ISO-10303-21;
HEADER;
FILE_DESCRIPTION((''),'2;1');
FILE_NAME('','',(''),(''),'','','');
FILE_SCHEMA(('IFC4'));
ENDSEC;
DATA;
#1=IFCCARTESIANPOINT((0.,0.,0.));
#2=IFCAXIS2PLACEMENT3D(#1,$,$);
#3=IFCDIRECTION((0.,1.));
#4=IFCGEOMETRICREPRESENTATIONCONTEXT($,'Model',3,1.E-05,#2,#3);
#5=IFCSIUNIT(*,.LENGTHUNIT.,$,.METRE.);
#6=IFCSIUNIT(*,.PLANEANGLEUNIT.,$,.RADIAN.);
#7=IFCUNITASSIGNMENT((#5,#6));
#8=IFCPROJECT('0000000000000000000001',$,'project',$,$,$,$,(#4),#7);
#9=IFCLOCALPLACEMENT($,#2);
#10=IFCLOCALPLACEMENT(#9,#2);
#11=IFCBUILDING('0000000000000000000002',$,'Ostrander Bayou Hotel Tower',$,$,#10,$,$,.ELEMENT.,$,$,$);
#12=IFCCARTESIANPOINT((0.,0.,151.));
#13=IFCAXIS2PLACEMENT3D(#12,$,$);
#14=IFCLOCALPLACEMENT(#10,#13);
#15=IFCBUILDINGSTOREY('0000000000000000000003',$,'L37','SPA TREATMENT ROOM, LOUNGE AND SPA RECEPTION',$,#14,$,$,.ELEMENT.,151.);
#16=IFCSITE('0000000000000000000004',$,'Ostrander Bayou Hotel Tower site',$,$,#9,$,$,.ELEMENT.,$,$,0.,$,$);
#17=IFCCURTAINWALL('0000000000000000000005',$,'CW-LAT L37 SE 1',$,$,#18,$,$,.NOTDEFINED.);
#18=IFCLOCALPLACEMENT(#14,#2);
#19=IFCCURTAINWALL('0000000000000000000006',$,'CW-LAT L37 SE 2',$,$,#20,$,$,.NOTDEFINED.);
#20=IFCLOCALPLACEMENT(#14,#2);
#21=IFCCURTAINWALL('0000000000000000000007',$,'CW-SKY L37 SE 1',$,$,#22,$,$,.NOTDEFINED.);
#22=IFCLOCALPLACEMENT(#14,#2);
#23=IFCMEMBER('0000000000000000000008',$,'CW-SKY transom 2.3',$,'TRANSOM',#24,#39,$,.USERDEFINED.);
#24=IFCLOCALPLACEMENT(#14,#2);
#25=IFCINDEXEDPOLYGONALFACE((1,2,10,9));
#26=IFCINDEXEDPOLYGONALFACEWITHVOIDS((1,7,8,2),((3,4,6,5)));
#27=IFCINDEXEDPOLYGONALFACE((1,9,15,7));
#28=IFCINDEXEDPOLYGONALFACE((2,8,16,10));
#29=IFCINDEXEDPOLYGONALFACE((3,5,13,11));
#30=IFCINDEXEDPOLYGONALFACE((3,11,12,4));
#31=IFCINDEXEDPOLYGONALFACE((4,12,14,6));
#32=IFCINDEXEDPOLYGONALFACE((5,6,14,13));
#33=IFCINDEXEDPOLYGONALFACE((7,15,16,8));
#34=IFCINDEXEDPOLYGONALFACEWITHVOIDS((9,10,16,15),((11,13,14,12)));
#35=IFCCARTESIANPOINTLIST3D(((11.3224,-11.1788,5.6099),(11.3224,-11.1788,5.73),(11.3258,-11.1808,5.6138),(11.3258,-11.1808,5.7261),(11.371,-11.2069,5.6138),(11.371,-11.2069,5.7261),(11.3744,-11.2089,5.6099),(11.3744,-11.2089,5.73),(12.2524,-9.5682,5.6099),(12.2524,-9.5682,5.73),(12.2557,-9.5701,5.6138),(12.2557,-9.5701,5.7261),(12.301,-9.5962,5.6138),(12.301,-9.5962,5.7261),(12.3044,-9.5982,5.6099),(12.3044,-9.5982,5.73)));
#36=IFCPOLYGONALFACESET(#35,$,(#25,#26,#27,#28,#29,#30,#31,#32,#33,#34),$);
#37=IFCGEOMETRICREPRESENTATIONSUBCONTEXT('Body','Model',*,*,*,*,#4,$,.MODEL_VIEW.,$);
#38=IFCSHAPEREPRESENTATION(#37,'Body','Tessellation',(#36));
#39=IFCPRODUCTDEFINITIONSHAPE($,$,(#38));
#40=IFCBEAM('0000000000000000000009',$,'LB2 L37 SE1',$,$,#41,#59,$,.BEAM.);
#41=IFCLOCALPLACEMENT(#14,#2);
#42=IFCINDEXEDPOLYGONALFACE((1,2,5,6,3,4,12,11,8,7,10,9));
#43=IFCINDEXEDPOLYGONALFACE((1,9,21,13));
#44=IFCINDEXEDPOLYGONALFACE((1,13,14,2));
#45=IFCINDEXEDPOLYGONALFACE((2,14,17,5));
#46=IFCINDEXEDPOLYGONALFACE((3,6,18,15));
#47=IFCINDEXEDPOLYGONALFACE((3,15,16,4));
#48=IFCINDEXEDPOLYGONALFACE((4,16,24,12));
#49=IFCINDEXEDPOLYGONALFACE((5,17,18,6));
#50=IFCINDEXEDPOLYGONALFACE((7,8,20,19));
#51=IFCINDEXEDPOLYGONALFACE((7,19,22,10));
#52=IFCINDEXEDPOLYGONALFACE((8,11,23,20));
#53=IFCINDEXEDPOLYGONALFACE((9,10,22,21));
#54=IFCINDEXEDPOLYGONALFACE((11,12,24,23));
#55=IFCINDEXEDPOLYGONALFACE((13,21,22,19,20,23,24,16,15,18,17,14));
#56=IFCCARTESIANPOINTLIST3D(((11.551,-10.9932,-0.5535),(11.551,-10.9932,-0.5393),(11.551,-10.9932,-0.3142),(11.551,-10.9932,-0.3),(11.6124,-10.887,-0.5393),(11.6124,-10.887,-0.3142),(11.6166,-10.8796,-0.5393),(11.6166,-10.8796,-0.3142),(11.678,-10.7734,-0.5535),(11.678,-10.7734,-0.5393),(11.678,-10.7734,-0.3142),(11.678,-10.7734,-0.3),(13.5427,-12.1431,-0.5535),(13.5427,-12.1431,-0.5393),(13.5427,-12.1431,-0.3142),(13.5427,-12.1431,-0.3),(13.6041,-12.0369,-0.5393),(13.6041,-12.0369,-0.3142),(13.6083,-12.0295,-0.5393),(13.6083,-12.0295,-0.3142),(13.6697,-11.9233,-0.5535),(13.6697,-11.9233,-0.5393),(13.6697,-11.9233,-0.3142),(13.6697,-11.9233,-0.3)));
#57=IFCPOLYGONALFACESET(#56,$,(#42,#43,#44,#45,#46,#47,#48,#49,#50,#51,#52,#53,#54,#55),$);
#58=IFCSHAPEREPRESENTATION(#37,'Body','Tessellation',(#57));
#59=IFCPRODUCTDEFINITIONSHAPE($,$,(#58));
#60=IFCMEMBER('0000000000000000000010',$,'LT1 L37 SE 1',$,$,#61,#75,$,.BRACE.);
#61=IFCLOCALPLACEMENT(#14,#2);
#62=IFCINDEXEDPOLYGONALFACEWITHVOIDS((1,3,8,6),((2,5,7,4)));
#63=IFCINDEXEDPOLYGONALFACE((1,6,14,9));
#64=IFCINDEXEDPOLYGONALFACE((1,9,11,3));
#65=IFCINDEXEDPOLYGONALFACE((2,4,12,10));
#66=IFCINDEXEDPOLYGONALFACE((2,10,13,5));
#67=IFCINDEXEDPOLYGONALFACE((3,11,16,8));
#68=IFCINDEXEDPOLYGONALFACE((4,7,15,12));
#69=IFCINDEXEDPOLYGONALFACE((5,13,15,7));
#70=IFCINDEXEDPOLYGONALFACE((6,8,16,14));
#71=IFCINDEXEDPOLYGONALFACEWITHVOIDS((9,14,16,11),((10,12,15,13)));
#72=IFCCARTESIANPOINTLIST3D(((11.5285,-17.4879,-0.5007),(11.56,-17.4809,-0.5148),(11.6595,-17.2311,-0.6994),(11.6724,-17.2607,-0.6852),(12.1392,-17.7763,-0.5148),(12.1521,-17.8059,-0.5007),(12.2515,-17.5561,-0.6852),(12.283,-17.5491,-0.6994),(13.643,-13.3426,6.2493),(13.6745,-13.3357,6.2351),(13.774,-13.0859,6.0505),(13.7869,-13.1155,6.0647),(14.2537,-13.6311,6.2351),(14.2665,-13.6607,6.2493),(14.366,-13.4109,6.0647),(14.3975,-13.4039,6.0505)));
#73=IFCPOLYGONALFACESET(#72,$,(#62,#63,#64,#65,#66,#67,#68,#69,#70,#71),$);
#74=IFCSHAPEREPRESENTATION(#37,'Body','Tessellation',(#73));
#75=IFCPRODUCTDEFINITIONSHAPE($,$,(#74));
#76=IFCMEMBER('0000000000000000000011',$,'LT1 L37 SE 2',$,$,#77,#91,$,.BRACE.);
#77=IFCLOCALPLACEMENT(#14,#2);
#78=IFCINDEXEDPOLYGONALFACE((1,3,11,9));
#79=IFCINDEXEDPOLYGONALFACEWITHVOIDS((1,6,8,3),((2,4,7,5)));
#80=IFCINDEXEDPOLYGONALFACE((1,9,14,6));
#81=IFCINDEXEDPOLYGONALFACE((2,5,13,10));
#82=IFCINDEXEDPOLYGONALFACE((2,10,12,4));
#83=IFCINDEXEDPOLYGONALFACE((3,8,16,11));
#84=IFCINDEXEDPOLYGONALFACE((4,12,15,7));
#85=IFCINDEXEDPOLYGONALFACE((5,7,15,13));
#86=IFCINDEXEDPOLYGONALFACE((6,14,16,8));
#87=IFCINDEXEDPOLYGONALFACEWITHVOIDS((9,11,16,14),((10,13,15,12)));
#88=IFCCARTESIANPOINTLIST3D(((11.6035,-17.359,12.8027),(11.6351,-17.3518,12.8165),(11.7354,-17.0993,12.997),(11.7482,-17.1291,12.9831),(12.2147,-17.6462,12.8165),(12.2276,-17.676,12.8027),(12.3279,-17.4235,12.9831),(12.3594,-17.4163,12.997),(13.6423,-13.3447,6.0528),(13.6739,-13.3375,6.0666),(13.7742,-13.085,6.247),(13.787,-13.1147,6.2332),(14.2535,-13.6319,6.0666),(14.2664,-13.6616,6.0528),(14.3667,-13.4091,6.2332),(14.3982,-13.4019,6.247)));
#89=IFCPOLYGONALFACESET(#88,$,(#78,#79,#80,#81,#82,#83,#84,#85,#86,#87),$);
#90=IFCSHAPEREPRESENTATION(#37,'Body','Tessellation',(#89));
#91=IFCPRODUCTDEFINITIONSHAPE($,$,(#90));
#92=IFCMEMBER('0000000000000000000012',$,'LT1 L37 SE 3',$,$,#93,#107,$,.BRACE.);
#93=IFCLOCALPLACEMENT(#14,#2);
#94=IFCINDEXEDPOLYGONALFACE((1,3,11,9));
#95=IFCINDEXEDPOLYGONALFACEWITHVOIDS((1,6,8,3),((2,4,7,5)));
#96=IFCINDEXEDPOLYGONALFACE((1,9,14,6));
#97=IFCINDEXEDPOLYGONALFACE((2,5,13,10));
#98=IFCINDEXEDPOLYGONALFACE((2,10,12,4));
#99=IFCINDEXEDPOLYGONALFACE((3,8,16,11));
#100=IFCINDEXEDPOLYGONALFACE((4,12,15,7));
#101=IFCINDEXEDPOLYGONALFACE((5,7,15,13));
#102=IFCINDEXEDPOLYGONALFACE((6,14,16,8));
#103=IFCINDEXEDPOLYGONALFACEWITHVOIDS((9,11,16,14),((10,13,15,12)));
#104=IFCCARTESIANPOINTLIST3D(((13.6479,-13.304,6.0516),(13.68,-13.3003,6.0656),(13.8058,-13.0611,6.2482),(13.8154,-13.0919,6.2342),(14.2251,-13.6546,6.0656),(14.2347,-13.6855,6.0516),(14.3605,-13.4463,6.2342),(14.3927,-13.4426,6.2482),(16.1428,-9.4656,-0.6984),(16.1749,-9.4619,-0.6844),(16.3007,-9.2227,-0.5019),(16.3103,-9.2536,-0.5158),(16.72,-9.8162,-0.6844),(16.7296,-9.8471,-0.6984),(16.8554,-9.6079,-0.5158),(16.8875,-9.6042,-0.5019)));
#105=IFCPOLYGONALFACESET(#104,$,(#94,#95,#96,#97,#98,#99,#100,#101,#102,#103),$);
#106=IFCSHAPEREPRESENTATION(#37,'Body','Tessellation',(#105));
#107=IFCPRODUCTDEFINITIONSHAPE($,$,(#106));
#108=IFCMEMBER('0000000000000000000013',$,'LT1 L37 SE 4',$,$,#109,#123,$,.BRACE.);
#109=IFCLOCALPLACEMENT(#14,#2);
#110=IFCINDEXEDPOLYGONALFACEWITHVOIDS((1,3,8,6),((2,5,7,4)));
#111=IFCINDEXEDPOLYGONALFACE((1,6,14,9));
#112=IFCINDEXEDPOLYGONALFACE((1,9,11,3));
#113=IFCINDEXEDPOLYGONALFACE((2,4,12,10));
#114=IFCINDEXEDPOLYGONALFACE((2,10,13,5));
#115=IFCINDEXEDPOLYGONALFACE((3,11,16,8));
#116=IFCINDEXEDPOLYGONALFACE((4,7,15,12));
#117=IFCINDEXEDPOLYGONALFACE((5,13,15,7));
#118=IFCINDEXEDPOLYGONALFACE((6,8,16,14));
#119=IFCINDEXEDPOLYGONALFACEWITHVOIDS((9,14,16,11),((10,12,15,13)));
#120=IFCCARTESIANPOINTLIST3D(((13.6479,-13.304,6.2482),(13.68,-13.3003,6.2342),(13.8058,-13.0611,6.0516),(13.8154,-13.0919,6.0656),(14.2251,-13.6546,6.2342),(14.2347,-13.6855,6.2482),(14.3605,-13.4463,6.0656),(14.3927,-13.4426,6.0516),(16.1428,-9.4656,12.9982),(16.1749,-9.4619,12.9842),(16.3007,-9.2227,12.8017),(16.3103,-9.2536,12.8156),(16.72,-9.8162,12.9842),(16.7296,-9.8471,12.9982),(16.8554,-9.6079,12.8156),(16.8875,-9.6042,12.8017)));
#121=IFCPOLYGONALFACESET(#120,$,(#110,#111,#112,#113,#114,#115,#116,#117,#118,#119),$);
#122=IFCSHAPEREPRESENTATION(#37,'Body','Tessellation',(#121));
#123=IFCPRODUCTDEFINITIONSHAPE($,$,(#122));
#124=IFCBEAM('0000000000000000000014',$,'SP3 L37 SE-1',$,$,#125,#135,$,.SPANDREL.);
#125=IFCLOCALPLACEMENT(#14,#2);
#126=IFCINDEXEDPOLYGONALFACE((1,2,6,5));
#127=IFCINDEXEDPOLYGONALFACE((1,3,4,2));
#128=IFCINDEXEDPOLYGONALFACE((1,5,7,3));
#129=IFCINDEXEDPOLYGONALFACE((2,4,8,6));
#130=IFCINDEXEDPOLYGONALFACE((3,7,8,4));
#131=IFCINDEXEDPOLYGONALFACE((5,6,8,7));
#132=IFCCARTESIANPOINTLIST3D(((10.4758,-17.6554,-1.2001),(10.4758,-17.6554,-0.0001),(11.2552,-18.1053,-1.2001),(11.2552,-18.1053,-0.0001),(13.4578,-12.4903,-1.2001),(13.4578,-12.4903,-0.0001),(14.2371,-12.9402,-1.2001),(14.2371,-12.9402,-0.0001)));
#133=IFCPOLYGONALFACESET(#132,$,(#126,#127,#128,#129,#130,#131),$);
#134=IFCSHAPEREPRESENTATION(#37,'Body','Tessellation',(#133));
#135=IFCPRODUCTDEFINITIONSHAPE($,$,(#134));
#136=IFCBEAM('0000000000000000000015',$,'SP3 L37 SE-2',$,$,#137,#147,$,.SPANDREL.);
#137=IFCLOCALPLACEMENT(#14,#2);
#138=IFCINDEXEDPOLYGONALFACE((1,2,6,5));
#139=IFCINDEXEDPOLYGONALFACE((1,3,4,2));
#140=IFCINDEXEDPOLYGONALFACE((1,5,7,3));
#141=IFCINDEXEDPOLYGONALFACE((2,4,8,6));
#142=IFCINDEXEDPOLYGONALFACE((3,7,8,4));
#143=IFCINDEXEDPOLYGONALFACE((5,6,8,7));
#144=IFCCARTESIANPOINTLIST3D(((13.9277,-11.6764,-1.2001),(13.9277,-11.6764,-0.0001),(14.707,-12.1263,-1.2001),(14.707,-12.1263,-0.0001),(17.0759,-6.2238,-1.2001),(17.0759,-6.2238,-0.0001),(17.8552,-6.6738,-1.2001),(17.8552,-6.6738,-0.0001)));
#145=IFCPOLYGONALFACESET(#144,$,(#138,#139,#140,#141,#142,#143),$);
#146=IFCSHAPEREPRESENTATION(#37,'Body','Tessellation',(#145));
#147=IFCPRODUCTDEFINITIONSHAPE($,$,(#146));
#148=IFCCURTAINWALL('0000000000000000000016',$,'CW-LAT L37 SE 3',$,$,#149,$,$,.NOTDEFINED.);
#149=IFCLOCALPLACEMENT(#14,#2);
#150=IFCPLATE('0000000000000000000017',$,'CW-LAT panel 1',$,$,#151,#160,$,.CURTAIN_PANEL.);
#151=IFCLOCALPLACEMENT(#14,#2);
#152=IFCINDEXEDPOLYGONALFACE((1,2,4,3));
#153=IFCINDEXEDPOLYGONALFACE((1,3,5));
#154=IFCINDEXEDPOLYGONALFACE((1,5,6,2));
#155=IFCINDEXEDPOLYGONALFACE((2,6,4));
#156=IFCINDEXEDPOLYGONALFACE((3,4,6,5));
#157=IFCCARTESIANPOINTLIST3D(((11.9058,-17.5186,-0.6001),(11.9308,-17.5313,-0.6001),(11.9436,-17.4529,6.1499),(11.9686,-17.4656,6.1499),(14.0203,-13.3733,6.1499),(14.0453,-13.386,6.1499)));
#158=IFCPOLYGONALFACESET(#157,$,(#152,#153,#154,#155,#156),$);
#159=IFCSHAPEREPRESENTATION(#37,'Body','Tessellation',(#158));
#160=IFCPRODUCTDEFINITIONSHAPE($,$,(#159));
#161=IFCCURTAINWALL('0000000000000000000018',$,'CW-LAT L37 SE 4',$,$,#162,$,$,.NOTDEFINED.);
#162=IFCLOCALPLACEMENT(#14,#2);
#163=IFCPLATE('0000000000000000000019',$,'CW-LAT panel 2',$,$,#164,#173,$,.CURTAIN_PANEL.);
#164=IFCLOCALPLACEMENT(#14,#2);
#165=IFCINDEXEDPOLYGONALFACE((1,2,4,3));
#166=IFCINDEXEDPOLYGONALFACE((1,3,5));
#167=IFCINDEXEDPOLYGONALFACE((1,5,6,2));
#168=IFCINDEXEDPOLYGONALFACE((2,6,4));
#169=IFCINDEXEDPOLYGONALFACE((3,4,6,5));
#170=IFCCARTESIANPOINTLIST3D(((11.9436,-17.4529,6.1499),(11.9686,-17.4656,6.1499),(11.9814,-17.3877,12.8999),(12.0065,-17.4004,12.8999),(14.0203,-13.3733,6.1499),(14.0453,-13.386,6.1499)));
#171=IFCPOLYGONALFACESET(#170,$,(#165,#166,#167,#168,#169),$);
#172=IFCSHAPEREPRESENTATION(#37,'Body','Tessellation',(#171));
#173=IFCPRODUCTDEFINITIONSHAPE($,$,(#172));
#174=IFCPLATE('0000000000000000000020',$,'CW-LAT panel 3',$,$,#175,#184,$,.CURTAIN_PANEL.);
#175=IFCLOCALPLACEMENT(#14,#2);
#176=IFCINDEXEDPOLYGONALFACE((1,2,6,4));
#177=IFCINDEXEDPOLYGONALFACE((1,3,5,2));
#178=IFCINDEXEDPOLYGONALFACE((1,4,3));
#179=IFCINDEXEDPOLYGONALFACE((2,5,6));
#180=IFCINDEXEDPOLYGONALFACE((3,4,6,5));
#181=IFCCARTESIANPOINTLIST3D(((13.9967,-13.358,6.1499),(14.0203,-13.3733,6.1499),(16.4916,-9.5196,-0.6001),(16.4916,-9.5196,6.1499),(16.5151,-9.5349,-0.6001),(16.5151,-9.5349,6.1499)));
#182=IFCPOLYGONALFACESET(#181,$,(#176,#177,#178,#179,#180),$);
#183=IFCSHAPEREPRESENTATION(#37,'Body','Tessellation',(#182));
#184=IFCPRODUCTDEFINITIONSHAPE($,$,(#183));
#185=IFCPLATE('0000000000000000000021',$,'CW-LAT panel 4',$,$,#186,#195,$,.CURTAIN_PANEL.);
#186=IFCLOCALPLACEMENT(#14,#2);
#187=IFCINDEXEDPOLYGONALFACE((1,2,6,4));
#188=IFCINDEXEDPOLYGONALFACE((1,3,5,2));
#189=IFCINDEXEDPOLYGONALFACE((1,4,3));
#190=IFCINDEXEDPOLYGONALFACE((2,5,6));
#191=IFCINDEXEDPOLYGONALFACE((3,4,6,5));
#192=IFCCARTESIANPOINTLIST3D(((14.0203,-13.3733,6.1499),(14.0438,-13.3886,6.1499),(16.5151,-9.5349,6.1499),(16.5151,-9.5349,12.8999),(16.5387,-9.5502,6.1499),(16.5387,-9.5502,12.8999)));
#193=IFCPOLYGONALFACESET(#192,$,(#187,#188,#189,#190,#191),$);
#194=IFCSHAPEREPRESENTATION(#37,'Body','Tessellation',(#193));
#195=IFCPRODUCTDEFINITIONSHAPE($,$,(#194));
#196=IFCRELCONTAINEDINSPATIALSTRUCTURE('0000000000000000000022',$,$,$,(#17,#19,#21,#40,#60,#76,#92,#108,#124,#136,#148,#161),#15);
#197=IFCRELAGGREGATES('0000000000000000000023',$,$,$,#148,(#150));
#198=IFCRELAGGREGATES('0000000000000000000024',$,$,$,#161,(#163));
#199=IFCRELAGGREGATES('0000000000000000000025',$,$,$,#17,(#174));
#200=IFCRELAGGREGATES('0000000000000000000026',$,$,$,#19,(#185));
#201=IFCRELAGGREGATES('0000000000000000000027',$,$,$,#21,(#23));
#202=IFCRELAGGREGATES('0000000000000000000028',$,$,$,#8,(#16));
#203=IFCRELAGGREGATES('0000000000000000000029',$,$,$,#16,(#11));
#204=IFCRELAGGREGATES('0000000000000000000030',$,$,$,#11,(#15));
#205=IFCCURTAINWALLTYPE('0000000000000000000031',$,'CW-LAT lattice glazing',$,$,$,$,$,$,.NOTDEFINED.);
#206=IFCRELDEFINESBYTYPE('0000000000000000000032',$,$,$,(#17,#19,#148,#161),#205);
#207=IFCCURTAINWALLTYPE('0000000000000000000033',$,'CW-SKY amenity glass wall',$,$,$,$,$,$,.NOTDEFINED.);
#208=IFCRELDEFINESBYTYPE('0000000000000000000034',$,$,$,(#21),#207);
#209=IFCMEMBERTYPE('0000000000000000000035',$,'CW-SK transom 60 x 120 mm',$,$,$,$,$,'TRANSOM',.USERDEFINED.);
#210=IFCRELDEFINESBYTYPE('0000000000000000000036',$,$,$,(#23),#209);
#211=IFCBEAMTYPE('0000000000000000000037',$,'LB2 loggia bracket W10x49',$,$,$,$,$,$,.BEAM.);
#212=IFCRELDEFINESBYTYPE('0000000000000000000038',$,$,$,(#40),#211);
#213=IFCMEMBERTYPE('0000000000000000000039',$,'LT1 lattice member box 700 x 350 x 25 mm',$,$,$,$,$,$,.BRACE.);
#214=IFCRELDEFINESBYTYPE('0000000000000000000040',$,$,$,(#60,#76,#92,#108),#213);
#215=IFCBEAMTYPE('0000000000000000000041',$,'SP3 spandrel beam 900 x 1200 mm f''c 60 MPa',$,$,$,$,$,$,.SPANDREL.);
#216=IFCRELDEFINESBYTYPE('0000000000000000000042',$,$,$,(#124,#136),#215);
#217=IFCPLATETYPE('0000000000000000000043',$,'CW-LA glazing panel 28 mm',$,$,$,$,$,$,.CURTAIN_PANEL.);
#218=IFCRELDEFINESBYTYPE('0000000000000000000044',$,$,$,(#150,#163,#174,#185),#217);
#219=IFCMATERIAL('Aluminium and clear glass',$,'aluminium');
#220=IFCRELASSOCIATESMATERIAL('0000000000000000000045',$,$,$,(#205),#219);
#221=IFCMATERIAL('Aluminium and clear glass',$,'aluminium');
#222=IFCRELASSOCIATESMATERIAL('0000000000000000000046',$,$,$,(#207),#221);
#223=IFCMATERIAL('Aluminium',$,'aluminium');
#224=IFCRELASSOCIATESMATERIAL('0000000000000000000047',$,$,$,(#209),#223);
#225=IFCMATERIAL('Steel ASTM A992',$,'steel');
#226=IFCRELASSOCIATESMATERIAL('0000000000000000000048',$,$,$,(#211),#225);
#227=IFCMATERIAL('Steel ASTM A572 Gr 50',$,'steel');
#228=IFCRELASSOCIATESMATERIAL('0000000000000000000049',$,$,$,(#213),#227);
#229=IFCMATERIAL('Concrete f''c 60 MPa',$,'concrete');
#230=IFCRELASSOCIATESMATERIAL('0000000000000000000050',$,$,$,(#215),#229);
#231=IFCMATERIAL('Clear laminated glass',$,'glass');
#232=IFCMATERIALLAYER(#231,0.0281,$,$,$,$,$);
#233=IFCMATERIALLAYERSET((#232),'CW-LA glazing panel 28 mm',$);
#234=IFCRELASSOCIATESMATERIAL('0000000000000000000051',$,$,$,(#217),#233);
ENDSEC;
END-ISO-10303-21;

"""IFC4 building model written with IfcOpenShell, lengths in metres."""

from ifc_helpers import new_model, si_unit, direction, frame, origin, origin_2d, place, context, subcontext, project, spatial, polyline, rectangle, hollow_rectangle, i_section, outline, extrude, material, layer, layer_set, material_profile, profile_set, type_object, element, aggregate, save


model = new_model("IFC4")

# Units and contexts
model_context = context("Model", 3, precision=1e-05, world=origin(), true_north=direction((0.0, 1.0)))
body_context = subcontext(model_context, "Body", "Model", "MODEL_VIEW")
ifc_project = project(units=[si_unit("LENGTHUNIT", "METRE"), si_unit("PLANEANGLEUNIT", "RADIAN")], contexts=[model_context])

# Site, building, storey
site_placement = place(None, origin())
site = spatial("IfcSite", under=ifc_project, at=site_placement, Name="Ostrander Bayou Hotel Tower site", CompositionType="ELEMENT", RefElevation=0.0)
building_placement = place(site_placement, origin())
building = spatial("IfcBuilding", under=site, at=building_placement, Name="Ostrander Bayou Hotel Tower", CompositionType="ELEMENT")
storey_placement = place(building_placement, frame((0.0, 0.0, 151.0)))
storey = spatial("IfcBuildingStorey", under=building, at=storey_placement, Name="L37", Description="SPA TREATMENT ROOM, LOUNGE AND SPA RECEPTION", CompositionType="ELEMENT", Elevation=151.0)

# Curtain wall
ifc_material_1 = material(Name="Aluminium and clear glass", Category="aluminium")
curtain_wall_type_1 = type_object("IfcCurtainWallType", Name="CW-LAT lattice glazing", PredefinedType="NOTDEFINED", material=ifc_material_1)
curtain_wall_1_placement = place(storey_placement, origin())
curtain_wall_1 = element("IfcCurtainWall", 1, at=curtain_wall_1_placement, inside=storey, type_object=curtain_wall_type_1, Name="CW-LAT L37 SE 1", PredefinedType="NOTDEFINED")

# Curtain wall
curtain_wall_2_placement = place(storey_placement, origin())
curtain_wall_2 = element("IfcCurtainWall", 2, at=curtain_wall_2_placement, inside=storey, type_object=curtain_wall_type_1, Name="CW-LAT L37 SE 2", PredefinedType="NOTDEFINED")

# Curtain wall, member
ifc_material_2 = material(Name="Aluminium and clear glass", Category="aluminium")
curtain_wall_type_2 = type_object("IfcCurtainWallType", Name="CW-SKY amenity glass wall", PredefinedType="NOTDEFINED", material=ifc_material_2)
curtain_wall_3_placement = place(storey_placement, origin())
curtain_wall_3 = element("IfcCurtainWall", 3, at=curtain_wall_3_placement, inside=storey, type_object=curtain_wall_type_2, Name="CW-SKY L37 SE 1", PredefinedType="NOTDEFINED")
ifc_material_3 = material(Name="Aluminium", Category="aluminium")
ifc_material_profile_1 = material_profile(ifc_material_3, hollow_rectangle(XDim=0.0601, YDim=0.1201, WallThickness=0.0039, at=origin_2d()))
ifc_profile_set_1 = profile_set([ifc_material_profile_1], Name="Aluminium")
member_type_1 = type_object("IfcMemberType", Name="CW-SK transom 60 x 120 mm", ElementType="TRANSOM", PredefinedType="USERDEFINED", material=ifc_profile_set_1)
member_1_placement = place(storey_placement, frame((11.3484, -11.1938, 5.6699), z_axis=(0.500022, 0.866013, 0.0), x_axis=(-0.866013, 0.500022, 0.0)))
member_1 = element("IfcMember", 4, at=member_1_placement, type_object=member_type_1, Name="CW-SKY transom 2.3", ObjectType="TRANSOM", PredefinedType="USERDEFINED", context=body_context, shape_type="SweptSolid", body=[
    extrude(hollow_rectangle(XDim=0.0601, YDim=0.1201, WallThickness=0.0039, at=origin_2d()), origin(), (0.0, 0.0, 1.0), 1.8599),
])

# Beam
ifc_material_4 = material(Name="Steel ASTM A992", Category="steel")
ifc_material_profile_2 = material_profile(ifc_material_4, i_section(OverallWidth=0.2539, OverallDepth=0.2534, WebThickness=0.0085, FlangeThickness=0.0142, at=origin_2d()))
ifc_profile_set_2 = profile_set([ifc_material_profile_2], Name="Steel ASTM A992")
beam_type_1 = type_object("IfcBeamType", Name="LB2 loggia bracket W10x49", PredefinedType="BEAM", material=ifc_profile_set_2)
beam_1_placement = place(storey_placement, frame((13.6062, -12.0332, -0.4268), z_axis=(-0.866026, 0.499998, 0.0), x_axis=(-0.499998, -0.866026, 0.0)))
element("IfcBeam", 5, at=beam_1_placement, inside=storey, type_object=beam_type_1, Name="LB2 L37 SE1", PredefinedType="BEAM", context=body_context, shape_type="SweptSolid", body=[
    extrude(i_section(OverallWidth=0.2539, OverallDepth=0.2534, WebThickness=0.0085, FlangeThickness=0.0142, at=origin_2d()), origin(), (0.0, 0.0, 1.0), 2.2998),
])

# Members
ifc_material_5 = material(Name="Steel ASTM A572 Gr 50", Category="steel")
ifc_material_profile_3 = material_profile(ifc_material_5, hollow_rectangle(XDim=0.7, YDim=0.3501, WallThickness=0.0249, at=origin_2d()))
ifc_profile_set_3 = profile_set([ifc_material_profile_3], Name="Steel ASTM A572 Gr 50")
member_type_2 = type_object("IfcMemberType", Name="LT1 lattice member box 700 x 350 x 25 mm", PredefinedType="BRACE", material=ifc_profile_set_3)
member_2_placement = place(storey_placement, frame((14.0203, -13.3733, 6.1499), z_axis=(-0.257911, -0.505607, -0.823313), x_axis=(0.890799, -0.454397, 0.0)))
element("IfcMember", 6, at=member_2_placement, inside=storey, type_object=member_type_2, Name="LT1 L37 SE 1", PredefinedType="BRACE", context=body_context, shape_type="SweptSolid", body=[
    extrude(hollow_rectangle(XDim=0.7, YDim=0.3501, WallThickness=0.0249, at=origin_2d()), origin(), (0.0, 0.0, 1.0), 8.1985),
])
member_3_placement = place(storey_placement, frame((14.0203, -13.3733, 6.1499), z_axis=(-0.251276, -0.494759, 0.83191), x_axis=(0.891601, -0.452822, 0.0)))
element("IfcMember", 7, at=member_3_placement, inside=storey, type_object=member_type_2, Name="LT1 L37 SE 2", PredefinedType="BRACE", context=body_context, shape_type="SweptSolid", body=[
    extrude(hollow_rectangle(XDim=0.7, YDim=0.3501, WallThickness=0.0249, at=origin_2d()), origin(), (0.0, 0.0, 1.0), 8.1138),
])
for number, where, z_axis, x_axis, name in (
    (8, (14.0203, -13.3733, 6.1499), (0.305895, 0.470621, -0.827613), (-0.838451, 0.544977, 0.0), "LT1 L37 SE 3"),
    (9, (14.0203, -13.3733, 6.1499), (0.305895, 0.470621, 0.827613), (-0.838451, 0.544977, 0.0), "LT1 L37 SE 4"),
):
    element("IfcMember", number, at=place(storey_placement, frame(where, z_axis=z_axis, x_axis=x_axis)), inside=storey, type_object=member_type_2, Name=name, PredefinedType="BRACE", context=body_context, shape_type="SweptSolid", body=[
        extrude(hollow_rectangle(XDim=0.7, YDim=0.3501, WallThickness=0.0249, at=origin_2d()), origin(), (0.0, 0.0, 1.0), 8.156),
    ])

# Beams
ifc_material_6 = material(Name="Concrete f'c 60 MPa", Category="concrete")
ifc_material_profile_4 = material_profile(ifc_material_6, rectangle(XDim=0.8999, YDim=1.2, at=origin_2d()))
ifc_profile_set_4 = profile_set([ifc_material_profile_4], Name="Concrete f'c 60 MPa")
beam_type_2 = type_object("IfcBeamType", Name="SP3 spandrel beam 900 x 1200 mm f'c 60 MPa", PredefinedType="SPANDREL", material=ifc_profile_set_4)
beam_2_placement = place(storey_placement, frame((10.8655, -17.8804, -0.6001), z_axis=(0.499987, 0.866033, 0.0), x_axis=(-0.866033, 0.499987, 0.0)))
element("IfcBeam", 10, at=beam_2_placement, inside=storey, type_object=beam_type_2, Name="SP3 L37 SE-1", PredefinedType="SPANDREL", context=body_context, shape_type="SweptSolid", body=[
    extrude(rectangle(XDim=0.8999, YDim=1.2, at=origin_2d()), origin(), (0.0, 0.0, 1.0), 5.9641),
])
beam_3_placement = place(storey_placement, frame((14.3174, -11.9014, -0.6001), z_axis=(0.500013, 0.866018, 0.0), x_axis=(-0.866018, 0.500013, 0.0)))
element("IfcBeam", 11, at=beam_3_placement, inside=storey, type_object=beam_type_2, Name="SP3 L37 SE-2", PredefinedType="SPANDREL", context=body_context, shape_type="SweptSolid", body=[
    extrude(rectangle(XDim=0.8999, YDim=1.2, at=origin_2d()), origin(), (0.0, 0.0, 1.0), 6.2961),
])

# Curtain walls, plates
curtain_wall_4_placement = place(storey_placement, origin())
curtain_wall_4 = element("IfcCurtainWall", 12, at=curtain_wall_4_placement, inside=storey, type_object=curtain_wall_type_1, Name="CW-LAT L37 SE 3", PredefinedType="NOTDEFINED")
ifc_material_7 = material(Name="Clear laminated glass", Category="glass")
ifc_layer_1 = layer(ifc_material_7, 0.0281)
ifc_layer_set_1 = layer_set([ifc_layer_1], Name="CW-LA glazing panel 28 mm")
plate_type_1 = type_object("IfcPlateType", Name="CW-LA glazing panel 28 mm", PredefinedType="CURTAIN_PANEL", material=ifc_layer_set_1)
plate_1_placement = place(storey_placement, frame((14.0203, -13.3733, 6.1499), z_axis=(-0.891183, 0.453644, 0.000582), x_axis=(-0.257911, -0.505607, -0.823313)))
plate_1 = element("IfcPlate", 13, at=plate_1_placement, type_object=plate_type_1, Name="CW-LAT panel 1", PredefinedType="CURTAIN_PANEL", context=body_context, shape_type="SweptSolid", body=[
    extrude(outline(polyline([(0.0, 0.0), (8.1986, 0.0), (2.5983, 3.7689), (0.0, 0.0)])), origin(), (0.0, 0.0, -1.0), 0.0281),
])
aggregate(curtain_wall_4, [plate_1])
curtain_wall_5_placement = place(storey_placement, origin())
curtain_wall_5 = element("IfcCurtainWall", 14, at=curtain_wall_5_placement, inside=storey, type_object=curtain_wall_type_1, Name="CW-LAT L37 SE 4", PredefinedType="NOTDEFINED")
plate_2_placement = place(storey_placement, frame((14.0203, -13.3733, 6.1499), z_axis=(-0.891183, 0.453644, 0.000615), x_axis=(-0.251276, -0.494759, 0.83191)))
plate_2 = element("IfcPlate", 15, at=plate_2_placement, type_object=plate_type_1, Name="CW-LAT panel 2", PredefinedType="CURTAIN_PANEL", context=body_context, shape_type="SweptSolid", body=[
    extrude(outline(polyline([(0.0, 0.0), (8.1139, 0.0), (2.5402, -3.8083), (0.0, 0.0)])), origin(), (0.0, 0.0, -1.0), 0.0281),
])
aggregate(curtain_wall_5, [plate_2])

# Plates
plate_3_placement = place(storey_placement, frame((14.0203, -13.3733, 6.1499), z_axis=(0.838451, -0.544977, 0.0), x_axis=(0.305895, 0.470621, -0.827613)))
plate_3 = element("IfcPlate", 16, at=plate_3_placement, type_object=plate_type_1, Name="CW-LAT panel 3", PredefinedType="CURTAIN_PANEL", context=body_context, shape_type="SweptSolid", body=[
    extrude(outline(polyline([(0.0, 0.0), (8.156, 0.0), (2.5696, 3.7888), (0.0, 0.0)])), origin(), (0.0, 0.0, -1.0), 0.0281),
])
aggregate(curtain_wall_1, [plate_3])
plate_4_placement = place(storey_placement, frame((14.0203, -13.3733, 6.1499), z_axis=(-0.838451, 0.544977, 0.0), x_axis=(0.305895, 0.470621, 0.827613)))
plate_4 = element("IfcPlate", 17, at=plate_4_placement, type_object=plate_type_1, Name="CW-LAT panel 4", PredefinedType="CURTAIN_PANEL", context=body_context, shape_type="SweptSolid", body=[
    extrude(outline(polyline([(0.0, 0.0), (8.156, 0.0), (2.5696, 3.7888), (0.0, 0.0)])), origin(), (0.0, 0.0, -1.0), 0.0281),
])
aggregate(curtain_wall_2, [plate_4])
aggregate(curtain_wall_3, [member_1])

save(model, "model.ifc")
